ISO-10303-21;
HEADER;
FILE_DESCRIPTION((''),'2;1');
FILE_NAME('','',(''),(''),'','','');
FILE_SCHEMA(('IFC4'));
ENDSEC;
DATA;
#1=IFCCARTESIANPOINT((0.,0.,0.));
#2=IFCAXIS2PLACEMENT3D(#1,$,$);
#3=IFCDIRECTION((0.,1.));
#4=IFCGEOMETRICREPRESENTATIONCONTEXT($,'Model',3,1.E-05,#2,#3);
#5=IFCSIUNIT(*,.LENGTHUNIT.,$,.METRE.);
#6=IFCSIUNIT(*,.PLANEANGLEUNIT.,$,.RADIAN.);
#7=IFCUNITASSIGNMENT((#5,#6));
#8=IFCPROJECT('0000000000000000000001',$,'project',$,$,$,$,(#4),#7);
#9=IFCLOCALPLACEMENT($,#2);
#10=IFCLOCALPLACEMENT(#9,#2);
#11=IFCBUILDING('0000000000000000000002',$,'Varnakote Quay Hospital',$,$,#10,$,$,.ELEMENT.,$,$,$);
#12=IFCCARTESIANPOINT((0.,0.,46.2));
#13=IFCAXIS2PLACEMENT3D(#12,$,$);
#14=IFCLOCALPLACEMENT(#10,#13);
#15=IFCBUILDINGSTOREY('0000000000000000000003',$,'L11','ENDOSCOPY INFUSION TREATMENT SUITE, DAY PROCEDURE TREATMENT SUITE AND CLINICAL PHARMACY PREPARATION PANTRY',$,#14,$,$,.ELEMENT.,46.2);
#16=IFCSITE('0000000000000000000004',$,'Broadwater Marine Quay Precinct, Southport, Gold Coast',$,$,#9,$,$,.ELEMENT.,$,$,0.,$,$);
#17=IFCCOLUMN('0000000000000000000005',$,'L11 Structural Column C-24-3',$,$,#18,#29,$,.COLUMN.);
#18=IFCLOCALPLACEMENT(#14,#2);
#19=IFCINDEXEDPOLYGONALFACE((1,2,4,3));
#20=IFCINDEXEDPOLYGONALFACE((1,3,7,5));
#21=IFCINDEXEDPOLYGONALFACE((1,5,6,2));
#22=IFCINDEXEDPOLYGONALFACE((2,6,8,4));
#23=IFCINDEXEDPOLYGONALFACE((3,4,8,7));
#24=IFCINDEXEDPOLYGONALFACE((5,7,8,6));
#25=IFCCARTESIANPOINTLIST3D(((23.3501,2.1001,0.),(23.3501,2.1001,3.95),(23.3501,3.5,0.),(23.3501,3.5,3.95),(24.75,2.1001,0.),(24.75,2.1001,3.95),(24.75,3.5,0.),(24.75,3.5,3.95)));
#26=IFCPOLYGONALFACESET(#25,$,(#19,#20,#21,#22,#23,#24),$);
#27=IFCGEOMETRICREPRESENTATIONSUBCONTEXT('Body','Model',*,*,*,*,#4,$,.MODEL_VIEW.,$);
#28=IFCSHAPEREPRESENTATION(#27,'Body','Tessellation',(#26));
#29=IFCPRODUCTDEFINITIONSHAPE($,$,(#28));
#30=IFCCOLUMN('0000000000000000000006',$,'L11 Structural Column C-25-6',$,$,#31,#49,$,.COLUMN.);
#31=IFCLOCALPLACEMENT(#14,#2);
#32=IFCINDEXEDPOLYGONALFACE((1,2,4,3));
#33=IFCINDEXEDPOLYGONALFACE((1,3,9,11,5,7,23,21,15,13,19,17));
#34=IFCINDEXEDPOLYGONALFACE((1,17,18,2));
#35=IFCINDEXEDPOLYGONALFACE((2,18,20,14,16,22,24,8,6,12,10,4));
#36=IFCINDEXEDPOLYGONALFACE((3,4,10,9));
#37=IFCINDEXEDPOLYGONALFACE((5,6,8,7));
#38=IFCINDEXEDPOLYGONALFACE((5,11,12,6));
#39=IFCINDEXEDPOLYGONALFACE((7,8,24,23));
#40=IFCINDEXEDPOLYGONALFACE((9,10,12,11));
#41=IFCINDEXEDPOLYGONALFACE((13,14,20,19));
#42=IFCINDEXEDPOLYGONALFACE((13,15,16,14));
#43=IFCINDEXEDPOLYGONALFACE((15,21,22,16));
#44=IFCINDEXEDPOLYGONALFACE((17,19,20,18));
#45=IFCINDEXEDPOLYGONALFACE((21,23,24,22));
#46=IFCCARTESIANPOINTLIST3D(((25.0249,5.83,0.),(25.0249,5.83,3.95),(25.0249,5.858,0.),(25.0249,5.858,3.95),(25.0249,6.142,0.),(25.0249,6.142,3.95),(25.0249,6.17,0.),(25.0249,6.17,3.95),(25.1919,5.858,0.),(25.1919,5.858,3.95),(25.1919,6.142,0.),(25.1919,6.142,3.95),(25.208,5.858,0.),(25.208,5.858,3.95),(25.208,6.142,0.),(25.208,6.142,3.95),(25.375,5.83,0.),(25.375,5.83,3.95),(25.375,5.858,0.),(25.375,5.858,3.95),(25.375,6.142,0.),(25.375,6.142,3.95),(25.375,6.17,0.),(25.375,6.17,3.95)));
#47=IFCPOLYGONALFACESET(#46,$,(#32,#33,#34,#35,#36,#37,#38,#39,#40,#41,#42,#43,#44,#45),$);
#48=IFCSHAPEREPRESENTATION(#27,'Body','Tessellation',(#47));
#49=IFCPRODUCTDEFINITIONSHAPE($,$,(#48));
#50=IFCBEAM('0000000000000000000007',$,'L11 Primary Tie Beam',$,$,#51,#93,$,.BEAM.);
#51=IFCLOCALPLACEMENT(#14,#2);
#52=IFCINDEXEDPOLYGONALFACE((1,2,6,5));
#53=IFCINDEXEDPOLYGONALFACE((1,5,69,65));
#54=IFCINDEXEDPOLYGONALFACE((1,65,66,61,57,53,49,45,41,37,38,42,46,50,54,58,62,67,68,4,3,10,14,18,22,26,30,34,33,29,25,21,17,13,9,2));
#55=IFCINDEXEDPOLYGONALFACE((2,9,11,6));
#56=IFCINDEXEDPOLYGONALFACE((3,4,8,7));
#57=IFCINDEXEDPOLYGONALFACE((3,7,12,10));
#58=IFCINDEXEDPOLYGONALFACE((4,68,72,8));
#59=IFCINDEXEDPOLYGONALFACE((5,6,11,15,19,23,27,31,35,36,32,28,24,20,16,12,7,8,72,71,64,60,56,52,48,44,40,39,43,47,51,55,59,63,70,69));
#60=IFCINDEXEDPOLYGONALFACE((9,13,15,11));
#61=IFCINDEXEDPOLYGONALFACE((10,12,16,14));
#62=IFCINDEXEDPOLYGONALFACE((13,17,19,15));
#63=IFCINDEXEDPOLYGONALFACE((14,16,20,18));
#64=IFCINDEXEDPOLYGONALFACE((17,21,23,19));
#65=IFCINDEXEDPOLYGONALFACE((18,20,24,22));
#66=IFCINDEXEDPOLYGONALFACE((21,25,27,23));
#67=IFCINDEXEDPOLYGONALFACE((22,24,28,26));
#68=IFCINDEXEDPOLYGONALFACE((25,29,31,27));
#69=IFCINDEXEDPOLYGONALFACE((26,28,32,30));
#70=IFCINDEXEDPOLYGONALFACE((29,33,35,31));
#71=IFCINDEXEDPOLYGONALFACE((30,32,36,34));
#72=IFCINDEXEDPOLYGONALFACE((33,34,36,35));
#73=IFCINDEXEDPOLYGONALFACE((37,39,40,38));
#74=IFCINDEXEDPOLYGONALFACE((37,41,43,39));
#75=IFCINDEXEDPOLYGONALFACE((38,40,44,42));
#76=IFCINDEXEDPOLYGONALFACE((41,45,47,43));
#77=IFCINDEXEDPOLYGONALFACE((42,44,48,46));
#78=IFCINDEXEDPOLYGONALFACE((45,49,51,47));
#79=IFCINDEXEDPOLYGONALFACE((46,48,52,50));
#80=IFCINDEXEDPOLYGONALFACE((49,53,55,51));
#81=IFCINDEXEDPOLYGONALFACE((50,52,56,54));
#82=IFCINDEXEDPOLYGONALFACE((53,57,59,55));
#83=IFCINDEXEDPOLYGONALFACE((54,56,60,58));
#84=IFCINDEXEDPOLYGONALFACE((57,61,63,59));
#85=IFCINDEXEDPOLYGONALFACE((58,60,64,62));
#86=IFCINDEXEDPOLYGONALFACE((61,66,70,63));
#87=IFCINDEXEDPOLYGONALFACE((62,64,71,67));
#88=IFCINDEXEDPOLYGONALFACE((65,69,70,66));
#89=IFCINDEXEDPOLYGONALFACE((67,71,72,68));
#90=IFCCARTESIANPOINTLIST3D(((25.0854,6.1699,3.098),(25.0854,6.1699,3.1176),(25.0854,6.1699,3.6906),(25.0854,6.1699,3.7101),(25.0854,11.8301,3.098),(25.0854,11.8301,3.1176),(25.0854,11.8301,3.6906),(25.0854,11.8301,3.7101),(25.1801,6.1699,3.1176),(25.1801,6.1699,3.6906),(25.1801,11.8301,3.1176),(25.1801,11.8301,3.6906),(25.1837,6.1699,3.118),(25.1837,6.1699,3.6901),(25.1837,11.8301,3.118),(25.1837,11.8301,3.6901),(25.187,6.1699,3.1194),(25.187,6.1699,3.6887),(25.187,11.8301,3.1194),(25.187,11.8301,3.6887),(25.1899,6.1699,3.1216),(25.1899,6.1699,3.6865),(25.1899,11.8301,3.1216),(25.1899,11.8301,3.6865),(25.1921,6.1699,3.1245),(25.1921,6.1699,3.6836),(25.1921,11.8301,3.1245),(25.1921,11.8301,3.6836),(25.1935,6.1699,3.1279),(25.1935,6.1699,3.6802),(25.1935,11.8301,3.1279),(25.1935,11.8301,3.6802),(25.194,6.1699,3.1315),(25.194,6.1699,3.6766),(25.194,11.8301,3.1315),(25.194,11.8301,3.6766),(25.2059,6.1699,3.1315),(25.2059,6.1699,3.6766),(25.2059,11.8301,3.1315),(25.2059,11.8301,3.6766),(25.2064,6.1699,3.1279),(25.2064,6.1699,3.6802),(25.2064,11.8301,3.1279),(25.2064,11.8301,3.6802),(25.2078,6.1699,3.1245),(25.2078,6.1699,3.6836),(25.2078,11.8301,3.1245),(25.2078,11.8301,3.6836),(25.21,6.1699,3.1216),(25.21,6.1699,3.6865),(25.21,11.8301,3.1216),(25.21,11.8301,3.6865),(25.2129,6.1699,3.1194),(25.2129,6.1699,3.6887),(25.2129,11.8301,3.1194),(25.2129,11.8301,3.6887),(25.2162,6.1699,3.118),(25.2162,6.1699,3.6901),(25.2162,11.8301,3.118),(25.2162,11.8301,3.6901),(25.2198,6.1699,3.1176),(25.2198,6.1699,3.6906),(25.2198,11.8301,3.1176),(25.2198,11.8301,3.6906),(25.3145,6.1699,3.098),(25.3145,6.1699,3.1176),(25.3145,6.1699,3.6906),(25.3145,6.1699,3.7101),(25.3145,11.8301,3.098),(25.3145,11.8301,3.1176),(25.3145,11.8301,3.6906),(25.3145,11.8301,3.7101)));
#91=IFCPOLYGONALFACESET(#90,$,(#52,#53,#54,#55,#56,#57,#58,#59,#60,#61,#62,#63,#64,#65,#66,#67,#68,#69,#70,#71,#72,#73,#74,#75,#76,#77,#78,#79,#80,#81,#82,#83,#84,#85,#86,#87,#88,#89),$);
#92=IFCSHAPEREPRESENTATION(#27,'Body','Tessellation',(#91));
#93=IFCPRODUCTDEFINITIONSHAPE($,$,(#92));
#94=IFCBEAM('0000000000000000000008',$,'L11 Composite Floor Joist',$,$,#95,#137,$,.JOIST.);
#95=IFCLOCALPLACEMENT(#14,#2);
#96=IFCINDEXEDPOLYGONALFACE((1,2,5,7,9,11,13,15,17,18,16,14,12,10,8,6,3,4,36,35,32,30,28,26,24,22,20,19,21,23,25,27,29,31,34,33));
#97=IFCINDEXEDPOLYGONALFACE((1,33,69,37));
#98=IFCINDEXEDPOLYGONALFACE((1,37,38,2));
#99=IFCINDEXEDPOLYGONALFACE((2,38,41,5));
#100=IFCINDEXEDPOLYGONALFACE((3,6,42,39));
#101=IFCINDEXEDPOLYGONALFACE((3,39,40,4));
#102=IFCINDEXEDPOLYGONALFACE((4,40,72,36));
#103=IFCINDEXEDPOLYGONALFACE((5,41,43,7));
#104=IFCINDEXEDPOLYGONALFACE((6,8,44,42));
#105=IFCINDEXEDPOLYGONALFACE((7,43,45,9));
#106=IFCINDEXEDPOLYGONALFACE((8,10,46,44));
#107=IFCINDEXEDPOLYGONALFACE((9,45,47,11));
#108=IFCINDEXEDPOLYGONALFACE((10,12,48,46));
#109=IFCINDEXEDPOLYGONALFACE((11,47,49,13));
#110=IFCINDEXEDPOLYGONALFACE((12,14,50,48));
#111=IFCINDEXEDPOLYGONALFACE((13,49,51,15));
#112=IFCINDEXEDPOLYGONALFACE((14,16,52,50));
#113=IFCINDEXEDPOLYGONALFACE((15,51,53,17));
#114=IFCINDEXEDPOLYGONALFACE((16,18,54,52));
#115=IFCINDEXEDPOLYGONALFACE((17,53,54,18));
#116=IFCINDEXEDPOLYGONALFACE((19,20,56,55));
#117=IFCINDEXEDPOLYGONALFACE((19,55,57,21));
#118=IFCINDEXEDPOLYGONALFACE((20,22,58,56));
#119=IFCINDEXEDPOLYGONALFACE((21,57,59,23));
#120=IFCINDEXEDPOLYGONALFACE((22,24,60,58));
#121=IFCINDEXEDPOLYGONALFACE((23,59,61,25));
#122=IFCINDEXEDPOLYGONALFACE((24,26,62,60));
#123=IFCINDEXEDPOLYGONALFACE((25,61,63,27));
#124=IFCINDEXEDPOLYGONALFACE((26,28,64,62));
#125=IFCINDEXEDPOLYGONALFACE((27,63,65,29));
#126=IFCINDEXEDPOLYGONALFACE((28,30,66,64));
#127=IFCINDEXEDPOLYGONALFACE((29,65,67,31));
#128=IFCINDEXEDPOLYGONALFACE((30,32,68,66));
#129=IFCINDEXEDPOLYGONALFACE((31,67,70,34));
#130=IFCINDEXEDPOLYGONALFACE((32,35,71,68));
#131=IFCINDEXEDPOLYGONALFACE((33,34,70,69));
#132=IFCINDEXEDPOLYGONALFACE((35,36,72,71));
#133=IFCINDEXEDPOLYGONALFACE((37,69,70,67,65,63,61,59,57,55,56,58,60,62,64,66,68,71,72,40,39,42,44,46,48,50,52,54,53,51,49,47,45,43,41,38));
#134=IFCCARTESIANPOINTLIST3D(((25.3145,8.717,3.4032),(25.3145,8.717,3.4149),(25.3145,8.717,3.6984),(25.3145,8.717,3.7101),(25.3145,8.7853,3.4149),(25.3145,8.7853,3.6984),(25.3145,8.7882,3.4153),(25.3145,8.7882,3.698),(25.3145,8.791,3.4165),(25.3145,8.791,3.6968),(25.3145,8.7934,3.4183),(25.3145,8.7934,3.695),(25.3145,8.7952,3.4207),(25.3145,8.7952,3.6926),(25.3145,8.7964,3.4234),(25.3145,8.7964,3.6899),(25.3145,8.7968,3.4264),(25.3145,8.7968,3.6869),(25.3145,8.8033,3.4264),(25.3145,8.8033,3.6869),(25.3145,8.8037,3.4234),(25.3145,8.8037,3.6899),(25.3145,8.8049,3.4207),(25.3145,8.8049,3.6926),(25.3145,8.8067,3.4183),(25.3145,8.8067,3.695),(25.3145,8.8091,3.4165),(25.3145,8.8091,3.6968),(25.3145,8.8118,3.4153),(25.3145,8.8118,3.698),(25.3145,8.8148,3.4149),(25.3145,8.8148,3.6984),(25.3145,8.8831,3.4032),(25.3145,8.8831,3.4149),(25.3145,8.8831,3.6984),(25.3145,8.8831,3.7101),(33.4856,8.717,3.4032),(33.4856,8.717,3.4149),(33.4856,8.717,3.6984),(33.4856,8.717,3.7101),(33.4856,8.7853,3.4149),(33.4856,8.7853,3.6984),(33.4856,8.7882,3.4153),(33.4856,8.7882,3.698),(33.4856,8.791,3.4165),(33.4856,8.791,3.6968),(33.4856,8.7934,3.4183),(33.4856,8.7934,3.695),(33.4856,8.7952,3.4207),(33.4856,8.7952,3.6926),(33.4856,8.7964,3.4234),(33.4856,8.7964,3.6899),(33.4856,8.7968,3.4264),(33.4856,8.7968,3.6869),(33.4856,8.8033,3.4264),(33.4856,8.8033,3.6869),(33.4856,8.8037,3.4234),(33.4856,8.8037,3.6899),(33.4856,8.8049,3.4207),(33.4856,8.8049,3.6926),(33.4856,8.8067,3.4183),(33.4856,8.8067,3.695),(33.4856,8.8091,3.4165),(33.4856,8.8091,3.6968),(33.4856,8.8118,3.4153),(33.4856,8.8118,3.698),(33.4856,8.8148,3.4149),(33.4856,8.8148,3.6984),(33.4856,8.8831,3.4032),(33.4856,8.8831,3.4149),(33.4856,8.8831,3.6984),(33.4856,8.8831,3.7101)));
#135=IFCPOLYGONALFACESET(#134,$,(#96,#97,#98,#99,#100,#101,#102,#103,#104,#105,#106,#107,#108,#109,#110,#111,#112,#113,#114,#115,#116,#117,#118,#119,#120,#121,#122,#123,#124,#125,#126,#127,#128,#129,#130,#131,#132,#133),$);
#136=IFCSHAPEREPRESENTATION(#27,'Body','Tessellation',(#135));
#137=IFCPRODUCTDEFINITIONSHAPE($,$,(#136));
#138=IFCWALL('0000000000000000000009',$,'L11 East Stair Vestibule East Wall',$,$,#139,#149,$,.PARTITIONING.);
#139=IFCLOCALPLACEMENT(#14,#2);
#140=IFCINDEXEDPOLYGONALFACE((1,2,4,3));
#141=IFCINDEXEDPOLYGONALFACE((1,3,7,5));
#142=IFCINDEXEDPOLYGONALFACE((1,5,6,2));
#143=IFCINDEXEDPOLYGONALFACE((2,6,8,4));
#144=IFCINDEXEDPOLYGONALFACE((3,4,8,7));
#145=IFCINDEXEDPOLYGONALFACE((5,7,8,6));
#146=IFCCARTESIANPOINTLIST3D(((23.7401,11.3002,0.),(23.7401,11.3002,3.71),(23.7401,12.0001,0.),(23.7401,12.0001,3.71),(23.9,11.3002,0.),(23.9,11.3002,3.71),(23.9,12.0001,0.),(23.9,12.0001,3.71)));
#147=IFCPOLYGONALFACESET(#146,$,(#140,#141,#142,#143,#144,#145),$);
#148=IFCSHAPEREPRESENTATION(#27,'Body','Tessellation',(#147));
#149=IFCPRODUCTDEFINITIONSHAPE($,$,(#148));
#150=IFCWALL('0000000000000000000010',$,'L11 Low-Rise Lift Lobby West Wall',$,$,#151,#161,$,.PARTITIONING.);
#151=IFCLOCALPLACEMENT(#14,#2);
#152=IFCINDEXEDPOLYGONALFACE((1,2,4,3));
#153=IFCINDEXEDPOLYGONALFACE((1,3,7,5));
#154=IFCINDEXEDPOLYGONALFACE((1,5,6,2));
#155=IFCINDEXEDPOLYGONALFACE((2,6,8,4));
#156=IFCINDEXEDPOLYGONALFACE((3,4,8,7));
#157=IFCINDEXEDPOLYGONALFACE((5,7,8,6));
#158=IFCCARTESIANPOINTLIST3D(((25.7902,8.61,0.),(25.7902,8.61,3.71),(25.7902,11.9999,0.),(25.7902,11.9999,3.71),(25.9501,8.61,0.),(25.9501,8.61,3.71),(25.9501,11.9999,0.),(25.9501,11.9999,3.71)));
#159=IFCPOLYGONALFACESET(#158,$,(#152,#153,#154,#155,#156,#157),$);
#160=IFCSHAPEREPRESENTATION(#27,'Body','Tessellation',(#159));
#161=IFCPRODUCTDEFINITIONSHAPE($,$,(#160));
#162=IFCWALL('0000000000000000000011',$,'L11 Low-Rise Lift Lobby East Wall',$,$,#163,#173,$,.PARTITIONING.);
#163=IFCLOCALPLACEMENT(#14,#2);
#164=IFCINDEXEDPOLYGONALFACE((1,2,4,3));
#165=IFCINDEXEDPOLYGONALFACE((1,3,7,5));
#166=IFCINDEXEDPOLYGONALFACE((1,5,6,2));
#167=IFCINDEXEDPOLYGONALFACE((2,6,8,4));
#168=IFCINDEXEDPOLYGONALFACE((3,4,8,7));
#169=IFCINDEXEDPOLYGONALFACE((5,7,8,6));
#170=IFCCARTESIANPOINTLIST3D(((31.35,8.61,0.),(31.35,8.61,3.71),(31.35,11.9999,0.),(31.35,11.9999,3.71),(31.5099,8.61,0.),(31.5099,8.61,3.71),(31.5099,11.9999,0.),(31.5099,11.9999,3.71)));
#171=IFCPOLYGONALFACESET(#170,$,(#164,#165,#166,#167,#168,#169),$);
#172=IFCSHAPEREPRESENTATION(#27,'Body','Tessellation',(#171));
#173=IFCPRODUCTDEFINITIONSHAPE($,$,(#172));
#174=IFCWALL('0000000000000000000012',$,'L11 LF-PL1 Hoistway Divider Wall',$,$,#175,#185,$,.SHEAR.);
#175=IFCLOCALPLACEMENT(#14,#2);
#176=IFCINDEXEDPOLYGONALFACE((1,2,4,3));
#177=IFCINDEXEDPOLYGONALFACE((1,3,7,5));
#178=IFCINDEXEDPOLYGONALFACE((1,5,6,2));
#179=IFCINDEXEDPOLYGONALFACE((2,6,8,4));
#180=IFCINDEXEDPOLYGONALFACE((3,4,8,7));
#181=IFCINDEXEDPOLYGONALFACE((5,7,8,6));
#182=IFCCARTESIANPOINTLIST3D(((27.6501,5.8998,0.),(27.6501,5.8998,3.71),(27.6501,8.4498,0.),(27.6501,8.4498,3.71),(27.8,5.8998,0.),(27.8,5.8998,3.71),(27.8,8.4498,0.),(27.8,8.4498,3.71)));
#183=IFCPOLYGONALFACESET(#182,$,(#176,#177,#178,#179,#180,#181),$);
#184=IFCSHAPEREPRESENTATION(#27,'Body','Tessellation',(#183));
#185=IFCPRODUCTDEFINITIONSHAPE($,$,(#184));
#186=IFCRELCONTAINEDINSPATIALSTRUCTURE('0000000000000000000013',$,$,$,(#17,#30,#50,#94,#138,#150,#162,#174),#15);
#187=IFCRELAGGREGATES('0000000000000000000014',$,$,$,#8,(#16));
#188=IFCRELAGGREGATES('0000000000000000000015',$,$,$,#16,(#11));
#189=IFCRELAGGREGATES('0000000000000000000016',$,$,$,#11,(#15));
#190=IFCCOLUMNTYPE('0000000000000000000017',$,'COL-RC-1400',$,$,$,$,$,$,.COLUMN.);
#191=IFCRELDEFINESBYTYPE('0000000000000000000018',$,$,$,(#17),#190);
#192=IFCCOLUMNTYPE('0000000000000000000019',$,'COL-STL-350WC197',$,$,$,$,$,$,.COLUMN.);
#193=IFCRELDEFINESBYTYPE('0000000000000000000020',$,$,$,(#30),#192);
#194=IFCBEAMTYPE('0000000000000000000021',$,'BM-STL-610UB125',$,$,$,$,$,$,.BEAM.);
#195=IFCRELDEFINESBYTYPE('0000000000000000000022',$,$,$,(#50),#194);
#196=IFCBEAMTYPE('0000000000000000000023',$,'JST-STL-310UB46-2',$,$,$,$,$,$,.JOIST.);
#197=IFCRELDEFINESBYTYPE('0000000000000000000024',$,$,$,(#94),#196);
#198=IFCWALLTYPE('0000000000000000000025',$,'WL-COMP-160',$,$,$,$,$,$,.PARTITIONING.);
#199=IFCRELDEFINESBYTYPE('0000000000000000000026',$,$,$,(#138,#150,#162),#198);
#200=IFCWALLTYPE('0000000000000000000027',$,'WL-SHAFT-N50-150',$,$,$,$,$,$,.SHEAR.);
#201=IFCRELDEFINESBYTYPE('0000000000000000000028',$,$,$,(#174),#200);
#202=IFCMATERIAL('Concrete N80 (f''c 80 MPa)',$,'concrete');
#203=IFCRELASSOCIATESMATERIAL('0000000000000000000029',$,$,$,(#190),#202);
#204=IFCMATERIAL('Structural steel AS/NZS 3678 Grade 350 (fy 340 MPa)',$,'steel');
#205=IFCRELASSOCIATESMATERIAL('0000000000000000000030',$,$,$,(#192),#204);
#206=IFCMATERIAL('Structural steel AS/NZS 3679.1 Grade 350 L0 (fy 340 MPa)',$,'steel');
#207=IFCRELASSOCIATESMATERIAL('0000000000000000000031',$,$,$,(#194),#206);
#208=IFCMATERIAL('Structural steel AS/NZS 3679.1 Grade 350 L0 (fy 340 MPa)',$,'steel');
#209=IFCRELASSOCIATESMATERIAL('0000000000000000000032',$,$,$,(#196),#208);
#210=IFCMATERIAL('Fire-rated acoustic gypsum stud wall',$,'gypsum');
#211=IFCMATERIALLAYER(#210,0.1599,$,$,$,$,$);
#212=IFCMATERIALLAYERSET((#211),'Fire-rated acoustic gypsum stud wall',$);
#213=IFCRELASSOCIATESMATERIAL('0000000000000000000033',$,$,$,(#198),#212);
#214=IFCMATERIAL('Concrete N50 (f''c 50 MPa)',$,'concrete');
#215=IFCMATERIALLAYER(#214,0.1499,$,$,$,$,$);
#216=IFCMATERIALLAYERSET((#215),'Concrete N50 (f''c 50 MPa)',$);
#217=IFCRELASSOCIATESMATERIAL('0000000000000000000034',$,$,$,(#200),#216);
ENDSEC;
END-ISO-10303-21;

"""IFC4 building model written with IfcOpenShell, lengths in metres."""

from ifc_helpers import new_model, si_unit, direction, frame, frame_2d, origin, origin_2d, place, context, subcontext, project, spatial, rectangle, i_section, extrude, material, layer, layer_set, material_profile, profile_set, type_object, element, save


model = new_model("IFC4")

# Units and contexts
model_context = context("Model", 3, precision=1e-05, world=origin(), true_north=direction((0.0, 1.0)))
body_context = subcontext(model_context, "Body", "Model", "MODEL_VIEW")
ifc_project = project(units=[si_unit("LENGTHUNIT", "METRE"), si_unit("PLANEANGLEUNIT", "RADIAN")], contexts=[model_context])

# Site, building, storey
site_placement = place(None, origin())
site = spatial("IfcSite", under=ifc_project, at=site_placement, Name="Broadwater Marine Quay Precinct, Southport, Gold Coast", CompositionType="ELEMENT", RefElevation=0.0)
building_placement = place(site_placement, origin())
building = spatial("IfcBuilding", under=site, at=building_placement, Name="Varnakote Quay Hospital", CompositionType="ELEMENT")
storey_placement = place(building_placement, frame((0.0, 0.0, 46.2)))
storey = spatial("IfcBuildingStorey", under=building, at=storey_placement, Name="L11", Description="ENDOSCOPY INFUSION TREATMENT SUITE, DAY PROCEDURE TREATMENT SUITE AND CLINICAL PHARMACY PREPARATION PANTRY", CompositionType="ELEMENT", Elevation=46.2)

# Columns
ifc_material_1 = material(Name="Concrete N80 (f'c 80 MPa)", Category="concrete")
ifc_material_profile_1 = material_profile(ifc_material_1, rectangle(XDim=1.3999, YDim=1.3999, at=origin_2d()), Name="RC-COL-1400x1400")
ifc_profile_set_1 = profile_set([ifc_material_profile_1], Name="Concrete N80 (f'c 80 MPa)")
column_type_1 = type_object("IfcColumnType", Name="COL-RC-1400", PredefinedType="COLUMN", material=ifc_profile_set_1)
column_1_placement = place(storey_placement, frame((24.05, 2.8, 0.0), z_axis=(0.0, 0.0, 1.0), x_axis=(1.0, 0.0, 0.0)))
element("IfcColumn", 1, at=column_1_placement, inside=storey, type_object=column_type_1, Name="L11 Structural Column C-24-3", PredefinedType="COLUMN", context=body_context, shape_type="SweptSolid", body=[
    extrude(rectangle(XDim=1.3999, YDim=1.3999, at=origin_2d()), origin(), (0.0, 0.0, 1.0), 3.95),
])
ifc_material_2 = material(Name="Structural steel AS/NZS 3678 Grade 350 (fy 340 MPa)", Category="steel")
ifc_material_profile_2 = material_profile(ifc_material_2, i_section(OverallWidth=0.3501, OverallDepth=0.3401, WebThickness=0.0161, FlangeThickness=0.0281, at=origin_2d()), Name="350WC197")
ifc_profile_set_2 = profile_set([ifc_material_profile_2], Name="Structural steel AS/NZS 3678 Grade 350 (fy 340 MPa)")
column_type_2 = type_object("IfcColumnType", Name="COL-STL-350WC197", PredefinedType="COLUMN", material=ifc_profile_set_2)
column_2_placement = place(storey_placement, frame((25.2, 6.0, 0.0), z_axis=(0.0, 0.0, 1.0), x_axis=(1.0, 0.0, 0.0)))
element("IfcColumn", 2, at=column_2_placement, inside=storey, type_object=column_type_2, Name="L11 Structural Column C-25-6", PredefinedType="COLUMN", context=body_context, shape_type="SweptSolid", body=[
    extrude(i_section(OverallWidth=0.3501, OverallDepth=0.3401, WebThickness=0.0161, FlangeThickness=0.0281, at=origin_2d()), origin(), (0.0, 0.0, 1.0), 3.95),
])

# Beams
ifc_material_3 = material(Name="Structural steel AS/NZS 3679.1 Grade 350 L0 (fy 340 MPa)", Category="steel")
ifc_material_profile_3 = material_profile(ifc_material_3, i_section(OverallWidth=0.229, OverallDepth=0.6121, WebThickness=0.012, FlangeThickness=0.0195, FilletRadius=0.0139, at=origin_2d()), Name="610UB125")
ifc_profile_set_3 = profile_set([ifc_material_profile_3], Name="Structural steel AS/NZS 3679.1 Grade 350 L0 (fy 340 MPa)")
beam_type_1 = type_object("IfcBeamType", Name="BM-STL-610UB125", PredefinedType="BEAM", material=ifc_profile_set_3)
beam_1_placement = place(storey_placement, frame((25.2, 6.1699, 3.4041), z_axis=(0.0, 1.0, 0.0), x_axis=(-1.0, 0.0, 0.0)))
element("IfcBeam", 3, at=beam_1_placement, inside=storey, type_object=beam_type_1, Name="L11 Primary Tie Beam", PredefinedType="BEAM", context=body_context, shape_type="SweptSolid", body=[
    extrude(i_section(OverallWidth=0.229, OverallDepth=0.6121, WebThickness=0.012, FlangeThickness=0.0195, FilletRadius=0.0139, at=origin_2d()), origin(), (0.0, 0.0, 1.0), 5.6602),
])
ifc_material_4 = material(Name="Structural steel AS/NZS 3679.1 Grade 350 L0 (fy 340 MPa)", Category="steel")
ifc_material_profile_4 = material_profile(ifc_material_4, i_section(OverallWidth=0.166, OverallDepth=0.3069, WebThickness=0.0066, FlangeThickness=0.0117, FilletRadius=0.0115, at=origin_2d()), Name="310UB46.2")
ifc_profile_set_4 = profile_set([ifc_material_profile_4], Name="Structural steel AS/NZS 3679.1 Grade 350 L0 (fy 340 MPa)")
beam_type_2 = type_object("IfcBeamType", Name="JST-STL-310UB46-2", PredefinedType="JOIST", material=ifc_profile_set_4)
beam_2_placement = place(storey_placement, frame((25.3145, 8.8, 3.5566), z_axis=(1.0, 0.0, 0.0), x_axis=(0.0, 1.0, 0.0)))
element("IfcBeam", 4, at=beam_2_placement, inside=storey, type_object=beam_type_2, Name="L11 Composite Floor Joist", PredefinedType="JOIST", context=body_context, shape_type="SweptSolid", body=[
    extrude(i_section(OverallWidth=0.166, OverallDepth=0.3069, WebThickness=0.0066, FlangeThickness=0.0117, FilletRadius=0.0115, at=origin_2d()), origin(), (0.0, 0.0, 1.0), 8.1711),
])

# Walls
ifc_material_5 = material(Name="Fire-rated acoustic gypsum stud wall", Category="gypsum")
ifc_layer_1 = layer(ifc_material_5, 0.1599)
ifc_layer_set_1 = layer_set([ifc_layer_1], Name="Fire-rated acoustic gypsum stud wall")
wall_type_1 = type_object("IfcWallType", Name="WL-COMP-160", PredefinedType="PARTITIONING", material=ifc_layer_set_1)
wall_1_placement = place(storey_placement, frame((23.8201, 11.3, 0.0), z_axis=(0.0, 0.0, 1.0), x_axis=(0.0, 1.0, 0.0)))
element("IfcWall", 5, at=wall_1_placement, inside=storey, type_object=wall_type_1, Name="L11 East Stair Vestibule East Wall", PredefinedType="PARTITIONING", context=body_context, shape_type="SweptSolid", body=[
    extrude(rectangle(XDim=0.7, YDim=0.1599, at=frame_2d((0.3501, 0.0))), origin(), (0.0, 0.0, 1.0), 3.71),
])
for number, where, z_axis, x_axis, name in (
    (6, (25.8701, 8.6101, 0.0), (0.0, 0.0, 1.0), (0.0, 1.0, 0.0), "L11 Low-Rise Lift Lobby West Wall"),
    (7, (31.4299, 8.6101, 0.0), (0.0, 0.0, 1.0), (0.0, 1.0, 0.0), "L11 Low-Rise Lift Lobby East Wall"),
):
    element("IfcWall", number, at=place(storey_placement, frame(where, z_axis=z_axis, x_axis=x_axis)), inside=storey, type_object=wall_type_1, Name=name, PredefinedType="PARTITIONING", context=body_context, shape_type="SweptSolid", body=[
        extrude(rectangle(XDim=3.3899, YDim=0.1599, at=frame_2d((1.6948, 0.0))), origin(), (0.0, 0.0, 1.0), 3.71),
    ])
ifc_material_6 = material(Name="Concrete N50 (f'c 50 MPa)", Category="concrete")
ifc_layer_2 = layer(ifc_material_6, 0.1499)
ifc_layer_set_2 = layer_set([ifc_layer_2], Name="Concrete N50 (f'c 50 MPa)")
wall_type_2 = type_object("IfcWallType", Name="WL-SHAFT-N50-150", PredefinedType="SHEAR", material=ifc_layer_set_2)
for number, where, z_axis, x_axis, name in (
    (8, (27.7251, 5.8999, 0.0), (0.0, 0.0, 1.0), (0.0, 1.0, 0.0), "L11 LF-PL1 Hoistway Divider Wall"),
):
    element("IfcWall", number, at=place(storey_placement, frame(where, z_axis=z_axis, x_axis=x_axis)), inside=storey, type_object=wall_type_2, Name=name, PredefinedType="SHEAR", context=body_context, shape_type="SweptSolid", body=[
        extrude(rectangle(XDim=2.55, YDim=0.1499, at=frame_2d((1.2749, 0.0))), origin(), (0.0, 0.0, 1.0), 3.71),
    ])

save(model, "model.ifc")
